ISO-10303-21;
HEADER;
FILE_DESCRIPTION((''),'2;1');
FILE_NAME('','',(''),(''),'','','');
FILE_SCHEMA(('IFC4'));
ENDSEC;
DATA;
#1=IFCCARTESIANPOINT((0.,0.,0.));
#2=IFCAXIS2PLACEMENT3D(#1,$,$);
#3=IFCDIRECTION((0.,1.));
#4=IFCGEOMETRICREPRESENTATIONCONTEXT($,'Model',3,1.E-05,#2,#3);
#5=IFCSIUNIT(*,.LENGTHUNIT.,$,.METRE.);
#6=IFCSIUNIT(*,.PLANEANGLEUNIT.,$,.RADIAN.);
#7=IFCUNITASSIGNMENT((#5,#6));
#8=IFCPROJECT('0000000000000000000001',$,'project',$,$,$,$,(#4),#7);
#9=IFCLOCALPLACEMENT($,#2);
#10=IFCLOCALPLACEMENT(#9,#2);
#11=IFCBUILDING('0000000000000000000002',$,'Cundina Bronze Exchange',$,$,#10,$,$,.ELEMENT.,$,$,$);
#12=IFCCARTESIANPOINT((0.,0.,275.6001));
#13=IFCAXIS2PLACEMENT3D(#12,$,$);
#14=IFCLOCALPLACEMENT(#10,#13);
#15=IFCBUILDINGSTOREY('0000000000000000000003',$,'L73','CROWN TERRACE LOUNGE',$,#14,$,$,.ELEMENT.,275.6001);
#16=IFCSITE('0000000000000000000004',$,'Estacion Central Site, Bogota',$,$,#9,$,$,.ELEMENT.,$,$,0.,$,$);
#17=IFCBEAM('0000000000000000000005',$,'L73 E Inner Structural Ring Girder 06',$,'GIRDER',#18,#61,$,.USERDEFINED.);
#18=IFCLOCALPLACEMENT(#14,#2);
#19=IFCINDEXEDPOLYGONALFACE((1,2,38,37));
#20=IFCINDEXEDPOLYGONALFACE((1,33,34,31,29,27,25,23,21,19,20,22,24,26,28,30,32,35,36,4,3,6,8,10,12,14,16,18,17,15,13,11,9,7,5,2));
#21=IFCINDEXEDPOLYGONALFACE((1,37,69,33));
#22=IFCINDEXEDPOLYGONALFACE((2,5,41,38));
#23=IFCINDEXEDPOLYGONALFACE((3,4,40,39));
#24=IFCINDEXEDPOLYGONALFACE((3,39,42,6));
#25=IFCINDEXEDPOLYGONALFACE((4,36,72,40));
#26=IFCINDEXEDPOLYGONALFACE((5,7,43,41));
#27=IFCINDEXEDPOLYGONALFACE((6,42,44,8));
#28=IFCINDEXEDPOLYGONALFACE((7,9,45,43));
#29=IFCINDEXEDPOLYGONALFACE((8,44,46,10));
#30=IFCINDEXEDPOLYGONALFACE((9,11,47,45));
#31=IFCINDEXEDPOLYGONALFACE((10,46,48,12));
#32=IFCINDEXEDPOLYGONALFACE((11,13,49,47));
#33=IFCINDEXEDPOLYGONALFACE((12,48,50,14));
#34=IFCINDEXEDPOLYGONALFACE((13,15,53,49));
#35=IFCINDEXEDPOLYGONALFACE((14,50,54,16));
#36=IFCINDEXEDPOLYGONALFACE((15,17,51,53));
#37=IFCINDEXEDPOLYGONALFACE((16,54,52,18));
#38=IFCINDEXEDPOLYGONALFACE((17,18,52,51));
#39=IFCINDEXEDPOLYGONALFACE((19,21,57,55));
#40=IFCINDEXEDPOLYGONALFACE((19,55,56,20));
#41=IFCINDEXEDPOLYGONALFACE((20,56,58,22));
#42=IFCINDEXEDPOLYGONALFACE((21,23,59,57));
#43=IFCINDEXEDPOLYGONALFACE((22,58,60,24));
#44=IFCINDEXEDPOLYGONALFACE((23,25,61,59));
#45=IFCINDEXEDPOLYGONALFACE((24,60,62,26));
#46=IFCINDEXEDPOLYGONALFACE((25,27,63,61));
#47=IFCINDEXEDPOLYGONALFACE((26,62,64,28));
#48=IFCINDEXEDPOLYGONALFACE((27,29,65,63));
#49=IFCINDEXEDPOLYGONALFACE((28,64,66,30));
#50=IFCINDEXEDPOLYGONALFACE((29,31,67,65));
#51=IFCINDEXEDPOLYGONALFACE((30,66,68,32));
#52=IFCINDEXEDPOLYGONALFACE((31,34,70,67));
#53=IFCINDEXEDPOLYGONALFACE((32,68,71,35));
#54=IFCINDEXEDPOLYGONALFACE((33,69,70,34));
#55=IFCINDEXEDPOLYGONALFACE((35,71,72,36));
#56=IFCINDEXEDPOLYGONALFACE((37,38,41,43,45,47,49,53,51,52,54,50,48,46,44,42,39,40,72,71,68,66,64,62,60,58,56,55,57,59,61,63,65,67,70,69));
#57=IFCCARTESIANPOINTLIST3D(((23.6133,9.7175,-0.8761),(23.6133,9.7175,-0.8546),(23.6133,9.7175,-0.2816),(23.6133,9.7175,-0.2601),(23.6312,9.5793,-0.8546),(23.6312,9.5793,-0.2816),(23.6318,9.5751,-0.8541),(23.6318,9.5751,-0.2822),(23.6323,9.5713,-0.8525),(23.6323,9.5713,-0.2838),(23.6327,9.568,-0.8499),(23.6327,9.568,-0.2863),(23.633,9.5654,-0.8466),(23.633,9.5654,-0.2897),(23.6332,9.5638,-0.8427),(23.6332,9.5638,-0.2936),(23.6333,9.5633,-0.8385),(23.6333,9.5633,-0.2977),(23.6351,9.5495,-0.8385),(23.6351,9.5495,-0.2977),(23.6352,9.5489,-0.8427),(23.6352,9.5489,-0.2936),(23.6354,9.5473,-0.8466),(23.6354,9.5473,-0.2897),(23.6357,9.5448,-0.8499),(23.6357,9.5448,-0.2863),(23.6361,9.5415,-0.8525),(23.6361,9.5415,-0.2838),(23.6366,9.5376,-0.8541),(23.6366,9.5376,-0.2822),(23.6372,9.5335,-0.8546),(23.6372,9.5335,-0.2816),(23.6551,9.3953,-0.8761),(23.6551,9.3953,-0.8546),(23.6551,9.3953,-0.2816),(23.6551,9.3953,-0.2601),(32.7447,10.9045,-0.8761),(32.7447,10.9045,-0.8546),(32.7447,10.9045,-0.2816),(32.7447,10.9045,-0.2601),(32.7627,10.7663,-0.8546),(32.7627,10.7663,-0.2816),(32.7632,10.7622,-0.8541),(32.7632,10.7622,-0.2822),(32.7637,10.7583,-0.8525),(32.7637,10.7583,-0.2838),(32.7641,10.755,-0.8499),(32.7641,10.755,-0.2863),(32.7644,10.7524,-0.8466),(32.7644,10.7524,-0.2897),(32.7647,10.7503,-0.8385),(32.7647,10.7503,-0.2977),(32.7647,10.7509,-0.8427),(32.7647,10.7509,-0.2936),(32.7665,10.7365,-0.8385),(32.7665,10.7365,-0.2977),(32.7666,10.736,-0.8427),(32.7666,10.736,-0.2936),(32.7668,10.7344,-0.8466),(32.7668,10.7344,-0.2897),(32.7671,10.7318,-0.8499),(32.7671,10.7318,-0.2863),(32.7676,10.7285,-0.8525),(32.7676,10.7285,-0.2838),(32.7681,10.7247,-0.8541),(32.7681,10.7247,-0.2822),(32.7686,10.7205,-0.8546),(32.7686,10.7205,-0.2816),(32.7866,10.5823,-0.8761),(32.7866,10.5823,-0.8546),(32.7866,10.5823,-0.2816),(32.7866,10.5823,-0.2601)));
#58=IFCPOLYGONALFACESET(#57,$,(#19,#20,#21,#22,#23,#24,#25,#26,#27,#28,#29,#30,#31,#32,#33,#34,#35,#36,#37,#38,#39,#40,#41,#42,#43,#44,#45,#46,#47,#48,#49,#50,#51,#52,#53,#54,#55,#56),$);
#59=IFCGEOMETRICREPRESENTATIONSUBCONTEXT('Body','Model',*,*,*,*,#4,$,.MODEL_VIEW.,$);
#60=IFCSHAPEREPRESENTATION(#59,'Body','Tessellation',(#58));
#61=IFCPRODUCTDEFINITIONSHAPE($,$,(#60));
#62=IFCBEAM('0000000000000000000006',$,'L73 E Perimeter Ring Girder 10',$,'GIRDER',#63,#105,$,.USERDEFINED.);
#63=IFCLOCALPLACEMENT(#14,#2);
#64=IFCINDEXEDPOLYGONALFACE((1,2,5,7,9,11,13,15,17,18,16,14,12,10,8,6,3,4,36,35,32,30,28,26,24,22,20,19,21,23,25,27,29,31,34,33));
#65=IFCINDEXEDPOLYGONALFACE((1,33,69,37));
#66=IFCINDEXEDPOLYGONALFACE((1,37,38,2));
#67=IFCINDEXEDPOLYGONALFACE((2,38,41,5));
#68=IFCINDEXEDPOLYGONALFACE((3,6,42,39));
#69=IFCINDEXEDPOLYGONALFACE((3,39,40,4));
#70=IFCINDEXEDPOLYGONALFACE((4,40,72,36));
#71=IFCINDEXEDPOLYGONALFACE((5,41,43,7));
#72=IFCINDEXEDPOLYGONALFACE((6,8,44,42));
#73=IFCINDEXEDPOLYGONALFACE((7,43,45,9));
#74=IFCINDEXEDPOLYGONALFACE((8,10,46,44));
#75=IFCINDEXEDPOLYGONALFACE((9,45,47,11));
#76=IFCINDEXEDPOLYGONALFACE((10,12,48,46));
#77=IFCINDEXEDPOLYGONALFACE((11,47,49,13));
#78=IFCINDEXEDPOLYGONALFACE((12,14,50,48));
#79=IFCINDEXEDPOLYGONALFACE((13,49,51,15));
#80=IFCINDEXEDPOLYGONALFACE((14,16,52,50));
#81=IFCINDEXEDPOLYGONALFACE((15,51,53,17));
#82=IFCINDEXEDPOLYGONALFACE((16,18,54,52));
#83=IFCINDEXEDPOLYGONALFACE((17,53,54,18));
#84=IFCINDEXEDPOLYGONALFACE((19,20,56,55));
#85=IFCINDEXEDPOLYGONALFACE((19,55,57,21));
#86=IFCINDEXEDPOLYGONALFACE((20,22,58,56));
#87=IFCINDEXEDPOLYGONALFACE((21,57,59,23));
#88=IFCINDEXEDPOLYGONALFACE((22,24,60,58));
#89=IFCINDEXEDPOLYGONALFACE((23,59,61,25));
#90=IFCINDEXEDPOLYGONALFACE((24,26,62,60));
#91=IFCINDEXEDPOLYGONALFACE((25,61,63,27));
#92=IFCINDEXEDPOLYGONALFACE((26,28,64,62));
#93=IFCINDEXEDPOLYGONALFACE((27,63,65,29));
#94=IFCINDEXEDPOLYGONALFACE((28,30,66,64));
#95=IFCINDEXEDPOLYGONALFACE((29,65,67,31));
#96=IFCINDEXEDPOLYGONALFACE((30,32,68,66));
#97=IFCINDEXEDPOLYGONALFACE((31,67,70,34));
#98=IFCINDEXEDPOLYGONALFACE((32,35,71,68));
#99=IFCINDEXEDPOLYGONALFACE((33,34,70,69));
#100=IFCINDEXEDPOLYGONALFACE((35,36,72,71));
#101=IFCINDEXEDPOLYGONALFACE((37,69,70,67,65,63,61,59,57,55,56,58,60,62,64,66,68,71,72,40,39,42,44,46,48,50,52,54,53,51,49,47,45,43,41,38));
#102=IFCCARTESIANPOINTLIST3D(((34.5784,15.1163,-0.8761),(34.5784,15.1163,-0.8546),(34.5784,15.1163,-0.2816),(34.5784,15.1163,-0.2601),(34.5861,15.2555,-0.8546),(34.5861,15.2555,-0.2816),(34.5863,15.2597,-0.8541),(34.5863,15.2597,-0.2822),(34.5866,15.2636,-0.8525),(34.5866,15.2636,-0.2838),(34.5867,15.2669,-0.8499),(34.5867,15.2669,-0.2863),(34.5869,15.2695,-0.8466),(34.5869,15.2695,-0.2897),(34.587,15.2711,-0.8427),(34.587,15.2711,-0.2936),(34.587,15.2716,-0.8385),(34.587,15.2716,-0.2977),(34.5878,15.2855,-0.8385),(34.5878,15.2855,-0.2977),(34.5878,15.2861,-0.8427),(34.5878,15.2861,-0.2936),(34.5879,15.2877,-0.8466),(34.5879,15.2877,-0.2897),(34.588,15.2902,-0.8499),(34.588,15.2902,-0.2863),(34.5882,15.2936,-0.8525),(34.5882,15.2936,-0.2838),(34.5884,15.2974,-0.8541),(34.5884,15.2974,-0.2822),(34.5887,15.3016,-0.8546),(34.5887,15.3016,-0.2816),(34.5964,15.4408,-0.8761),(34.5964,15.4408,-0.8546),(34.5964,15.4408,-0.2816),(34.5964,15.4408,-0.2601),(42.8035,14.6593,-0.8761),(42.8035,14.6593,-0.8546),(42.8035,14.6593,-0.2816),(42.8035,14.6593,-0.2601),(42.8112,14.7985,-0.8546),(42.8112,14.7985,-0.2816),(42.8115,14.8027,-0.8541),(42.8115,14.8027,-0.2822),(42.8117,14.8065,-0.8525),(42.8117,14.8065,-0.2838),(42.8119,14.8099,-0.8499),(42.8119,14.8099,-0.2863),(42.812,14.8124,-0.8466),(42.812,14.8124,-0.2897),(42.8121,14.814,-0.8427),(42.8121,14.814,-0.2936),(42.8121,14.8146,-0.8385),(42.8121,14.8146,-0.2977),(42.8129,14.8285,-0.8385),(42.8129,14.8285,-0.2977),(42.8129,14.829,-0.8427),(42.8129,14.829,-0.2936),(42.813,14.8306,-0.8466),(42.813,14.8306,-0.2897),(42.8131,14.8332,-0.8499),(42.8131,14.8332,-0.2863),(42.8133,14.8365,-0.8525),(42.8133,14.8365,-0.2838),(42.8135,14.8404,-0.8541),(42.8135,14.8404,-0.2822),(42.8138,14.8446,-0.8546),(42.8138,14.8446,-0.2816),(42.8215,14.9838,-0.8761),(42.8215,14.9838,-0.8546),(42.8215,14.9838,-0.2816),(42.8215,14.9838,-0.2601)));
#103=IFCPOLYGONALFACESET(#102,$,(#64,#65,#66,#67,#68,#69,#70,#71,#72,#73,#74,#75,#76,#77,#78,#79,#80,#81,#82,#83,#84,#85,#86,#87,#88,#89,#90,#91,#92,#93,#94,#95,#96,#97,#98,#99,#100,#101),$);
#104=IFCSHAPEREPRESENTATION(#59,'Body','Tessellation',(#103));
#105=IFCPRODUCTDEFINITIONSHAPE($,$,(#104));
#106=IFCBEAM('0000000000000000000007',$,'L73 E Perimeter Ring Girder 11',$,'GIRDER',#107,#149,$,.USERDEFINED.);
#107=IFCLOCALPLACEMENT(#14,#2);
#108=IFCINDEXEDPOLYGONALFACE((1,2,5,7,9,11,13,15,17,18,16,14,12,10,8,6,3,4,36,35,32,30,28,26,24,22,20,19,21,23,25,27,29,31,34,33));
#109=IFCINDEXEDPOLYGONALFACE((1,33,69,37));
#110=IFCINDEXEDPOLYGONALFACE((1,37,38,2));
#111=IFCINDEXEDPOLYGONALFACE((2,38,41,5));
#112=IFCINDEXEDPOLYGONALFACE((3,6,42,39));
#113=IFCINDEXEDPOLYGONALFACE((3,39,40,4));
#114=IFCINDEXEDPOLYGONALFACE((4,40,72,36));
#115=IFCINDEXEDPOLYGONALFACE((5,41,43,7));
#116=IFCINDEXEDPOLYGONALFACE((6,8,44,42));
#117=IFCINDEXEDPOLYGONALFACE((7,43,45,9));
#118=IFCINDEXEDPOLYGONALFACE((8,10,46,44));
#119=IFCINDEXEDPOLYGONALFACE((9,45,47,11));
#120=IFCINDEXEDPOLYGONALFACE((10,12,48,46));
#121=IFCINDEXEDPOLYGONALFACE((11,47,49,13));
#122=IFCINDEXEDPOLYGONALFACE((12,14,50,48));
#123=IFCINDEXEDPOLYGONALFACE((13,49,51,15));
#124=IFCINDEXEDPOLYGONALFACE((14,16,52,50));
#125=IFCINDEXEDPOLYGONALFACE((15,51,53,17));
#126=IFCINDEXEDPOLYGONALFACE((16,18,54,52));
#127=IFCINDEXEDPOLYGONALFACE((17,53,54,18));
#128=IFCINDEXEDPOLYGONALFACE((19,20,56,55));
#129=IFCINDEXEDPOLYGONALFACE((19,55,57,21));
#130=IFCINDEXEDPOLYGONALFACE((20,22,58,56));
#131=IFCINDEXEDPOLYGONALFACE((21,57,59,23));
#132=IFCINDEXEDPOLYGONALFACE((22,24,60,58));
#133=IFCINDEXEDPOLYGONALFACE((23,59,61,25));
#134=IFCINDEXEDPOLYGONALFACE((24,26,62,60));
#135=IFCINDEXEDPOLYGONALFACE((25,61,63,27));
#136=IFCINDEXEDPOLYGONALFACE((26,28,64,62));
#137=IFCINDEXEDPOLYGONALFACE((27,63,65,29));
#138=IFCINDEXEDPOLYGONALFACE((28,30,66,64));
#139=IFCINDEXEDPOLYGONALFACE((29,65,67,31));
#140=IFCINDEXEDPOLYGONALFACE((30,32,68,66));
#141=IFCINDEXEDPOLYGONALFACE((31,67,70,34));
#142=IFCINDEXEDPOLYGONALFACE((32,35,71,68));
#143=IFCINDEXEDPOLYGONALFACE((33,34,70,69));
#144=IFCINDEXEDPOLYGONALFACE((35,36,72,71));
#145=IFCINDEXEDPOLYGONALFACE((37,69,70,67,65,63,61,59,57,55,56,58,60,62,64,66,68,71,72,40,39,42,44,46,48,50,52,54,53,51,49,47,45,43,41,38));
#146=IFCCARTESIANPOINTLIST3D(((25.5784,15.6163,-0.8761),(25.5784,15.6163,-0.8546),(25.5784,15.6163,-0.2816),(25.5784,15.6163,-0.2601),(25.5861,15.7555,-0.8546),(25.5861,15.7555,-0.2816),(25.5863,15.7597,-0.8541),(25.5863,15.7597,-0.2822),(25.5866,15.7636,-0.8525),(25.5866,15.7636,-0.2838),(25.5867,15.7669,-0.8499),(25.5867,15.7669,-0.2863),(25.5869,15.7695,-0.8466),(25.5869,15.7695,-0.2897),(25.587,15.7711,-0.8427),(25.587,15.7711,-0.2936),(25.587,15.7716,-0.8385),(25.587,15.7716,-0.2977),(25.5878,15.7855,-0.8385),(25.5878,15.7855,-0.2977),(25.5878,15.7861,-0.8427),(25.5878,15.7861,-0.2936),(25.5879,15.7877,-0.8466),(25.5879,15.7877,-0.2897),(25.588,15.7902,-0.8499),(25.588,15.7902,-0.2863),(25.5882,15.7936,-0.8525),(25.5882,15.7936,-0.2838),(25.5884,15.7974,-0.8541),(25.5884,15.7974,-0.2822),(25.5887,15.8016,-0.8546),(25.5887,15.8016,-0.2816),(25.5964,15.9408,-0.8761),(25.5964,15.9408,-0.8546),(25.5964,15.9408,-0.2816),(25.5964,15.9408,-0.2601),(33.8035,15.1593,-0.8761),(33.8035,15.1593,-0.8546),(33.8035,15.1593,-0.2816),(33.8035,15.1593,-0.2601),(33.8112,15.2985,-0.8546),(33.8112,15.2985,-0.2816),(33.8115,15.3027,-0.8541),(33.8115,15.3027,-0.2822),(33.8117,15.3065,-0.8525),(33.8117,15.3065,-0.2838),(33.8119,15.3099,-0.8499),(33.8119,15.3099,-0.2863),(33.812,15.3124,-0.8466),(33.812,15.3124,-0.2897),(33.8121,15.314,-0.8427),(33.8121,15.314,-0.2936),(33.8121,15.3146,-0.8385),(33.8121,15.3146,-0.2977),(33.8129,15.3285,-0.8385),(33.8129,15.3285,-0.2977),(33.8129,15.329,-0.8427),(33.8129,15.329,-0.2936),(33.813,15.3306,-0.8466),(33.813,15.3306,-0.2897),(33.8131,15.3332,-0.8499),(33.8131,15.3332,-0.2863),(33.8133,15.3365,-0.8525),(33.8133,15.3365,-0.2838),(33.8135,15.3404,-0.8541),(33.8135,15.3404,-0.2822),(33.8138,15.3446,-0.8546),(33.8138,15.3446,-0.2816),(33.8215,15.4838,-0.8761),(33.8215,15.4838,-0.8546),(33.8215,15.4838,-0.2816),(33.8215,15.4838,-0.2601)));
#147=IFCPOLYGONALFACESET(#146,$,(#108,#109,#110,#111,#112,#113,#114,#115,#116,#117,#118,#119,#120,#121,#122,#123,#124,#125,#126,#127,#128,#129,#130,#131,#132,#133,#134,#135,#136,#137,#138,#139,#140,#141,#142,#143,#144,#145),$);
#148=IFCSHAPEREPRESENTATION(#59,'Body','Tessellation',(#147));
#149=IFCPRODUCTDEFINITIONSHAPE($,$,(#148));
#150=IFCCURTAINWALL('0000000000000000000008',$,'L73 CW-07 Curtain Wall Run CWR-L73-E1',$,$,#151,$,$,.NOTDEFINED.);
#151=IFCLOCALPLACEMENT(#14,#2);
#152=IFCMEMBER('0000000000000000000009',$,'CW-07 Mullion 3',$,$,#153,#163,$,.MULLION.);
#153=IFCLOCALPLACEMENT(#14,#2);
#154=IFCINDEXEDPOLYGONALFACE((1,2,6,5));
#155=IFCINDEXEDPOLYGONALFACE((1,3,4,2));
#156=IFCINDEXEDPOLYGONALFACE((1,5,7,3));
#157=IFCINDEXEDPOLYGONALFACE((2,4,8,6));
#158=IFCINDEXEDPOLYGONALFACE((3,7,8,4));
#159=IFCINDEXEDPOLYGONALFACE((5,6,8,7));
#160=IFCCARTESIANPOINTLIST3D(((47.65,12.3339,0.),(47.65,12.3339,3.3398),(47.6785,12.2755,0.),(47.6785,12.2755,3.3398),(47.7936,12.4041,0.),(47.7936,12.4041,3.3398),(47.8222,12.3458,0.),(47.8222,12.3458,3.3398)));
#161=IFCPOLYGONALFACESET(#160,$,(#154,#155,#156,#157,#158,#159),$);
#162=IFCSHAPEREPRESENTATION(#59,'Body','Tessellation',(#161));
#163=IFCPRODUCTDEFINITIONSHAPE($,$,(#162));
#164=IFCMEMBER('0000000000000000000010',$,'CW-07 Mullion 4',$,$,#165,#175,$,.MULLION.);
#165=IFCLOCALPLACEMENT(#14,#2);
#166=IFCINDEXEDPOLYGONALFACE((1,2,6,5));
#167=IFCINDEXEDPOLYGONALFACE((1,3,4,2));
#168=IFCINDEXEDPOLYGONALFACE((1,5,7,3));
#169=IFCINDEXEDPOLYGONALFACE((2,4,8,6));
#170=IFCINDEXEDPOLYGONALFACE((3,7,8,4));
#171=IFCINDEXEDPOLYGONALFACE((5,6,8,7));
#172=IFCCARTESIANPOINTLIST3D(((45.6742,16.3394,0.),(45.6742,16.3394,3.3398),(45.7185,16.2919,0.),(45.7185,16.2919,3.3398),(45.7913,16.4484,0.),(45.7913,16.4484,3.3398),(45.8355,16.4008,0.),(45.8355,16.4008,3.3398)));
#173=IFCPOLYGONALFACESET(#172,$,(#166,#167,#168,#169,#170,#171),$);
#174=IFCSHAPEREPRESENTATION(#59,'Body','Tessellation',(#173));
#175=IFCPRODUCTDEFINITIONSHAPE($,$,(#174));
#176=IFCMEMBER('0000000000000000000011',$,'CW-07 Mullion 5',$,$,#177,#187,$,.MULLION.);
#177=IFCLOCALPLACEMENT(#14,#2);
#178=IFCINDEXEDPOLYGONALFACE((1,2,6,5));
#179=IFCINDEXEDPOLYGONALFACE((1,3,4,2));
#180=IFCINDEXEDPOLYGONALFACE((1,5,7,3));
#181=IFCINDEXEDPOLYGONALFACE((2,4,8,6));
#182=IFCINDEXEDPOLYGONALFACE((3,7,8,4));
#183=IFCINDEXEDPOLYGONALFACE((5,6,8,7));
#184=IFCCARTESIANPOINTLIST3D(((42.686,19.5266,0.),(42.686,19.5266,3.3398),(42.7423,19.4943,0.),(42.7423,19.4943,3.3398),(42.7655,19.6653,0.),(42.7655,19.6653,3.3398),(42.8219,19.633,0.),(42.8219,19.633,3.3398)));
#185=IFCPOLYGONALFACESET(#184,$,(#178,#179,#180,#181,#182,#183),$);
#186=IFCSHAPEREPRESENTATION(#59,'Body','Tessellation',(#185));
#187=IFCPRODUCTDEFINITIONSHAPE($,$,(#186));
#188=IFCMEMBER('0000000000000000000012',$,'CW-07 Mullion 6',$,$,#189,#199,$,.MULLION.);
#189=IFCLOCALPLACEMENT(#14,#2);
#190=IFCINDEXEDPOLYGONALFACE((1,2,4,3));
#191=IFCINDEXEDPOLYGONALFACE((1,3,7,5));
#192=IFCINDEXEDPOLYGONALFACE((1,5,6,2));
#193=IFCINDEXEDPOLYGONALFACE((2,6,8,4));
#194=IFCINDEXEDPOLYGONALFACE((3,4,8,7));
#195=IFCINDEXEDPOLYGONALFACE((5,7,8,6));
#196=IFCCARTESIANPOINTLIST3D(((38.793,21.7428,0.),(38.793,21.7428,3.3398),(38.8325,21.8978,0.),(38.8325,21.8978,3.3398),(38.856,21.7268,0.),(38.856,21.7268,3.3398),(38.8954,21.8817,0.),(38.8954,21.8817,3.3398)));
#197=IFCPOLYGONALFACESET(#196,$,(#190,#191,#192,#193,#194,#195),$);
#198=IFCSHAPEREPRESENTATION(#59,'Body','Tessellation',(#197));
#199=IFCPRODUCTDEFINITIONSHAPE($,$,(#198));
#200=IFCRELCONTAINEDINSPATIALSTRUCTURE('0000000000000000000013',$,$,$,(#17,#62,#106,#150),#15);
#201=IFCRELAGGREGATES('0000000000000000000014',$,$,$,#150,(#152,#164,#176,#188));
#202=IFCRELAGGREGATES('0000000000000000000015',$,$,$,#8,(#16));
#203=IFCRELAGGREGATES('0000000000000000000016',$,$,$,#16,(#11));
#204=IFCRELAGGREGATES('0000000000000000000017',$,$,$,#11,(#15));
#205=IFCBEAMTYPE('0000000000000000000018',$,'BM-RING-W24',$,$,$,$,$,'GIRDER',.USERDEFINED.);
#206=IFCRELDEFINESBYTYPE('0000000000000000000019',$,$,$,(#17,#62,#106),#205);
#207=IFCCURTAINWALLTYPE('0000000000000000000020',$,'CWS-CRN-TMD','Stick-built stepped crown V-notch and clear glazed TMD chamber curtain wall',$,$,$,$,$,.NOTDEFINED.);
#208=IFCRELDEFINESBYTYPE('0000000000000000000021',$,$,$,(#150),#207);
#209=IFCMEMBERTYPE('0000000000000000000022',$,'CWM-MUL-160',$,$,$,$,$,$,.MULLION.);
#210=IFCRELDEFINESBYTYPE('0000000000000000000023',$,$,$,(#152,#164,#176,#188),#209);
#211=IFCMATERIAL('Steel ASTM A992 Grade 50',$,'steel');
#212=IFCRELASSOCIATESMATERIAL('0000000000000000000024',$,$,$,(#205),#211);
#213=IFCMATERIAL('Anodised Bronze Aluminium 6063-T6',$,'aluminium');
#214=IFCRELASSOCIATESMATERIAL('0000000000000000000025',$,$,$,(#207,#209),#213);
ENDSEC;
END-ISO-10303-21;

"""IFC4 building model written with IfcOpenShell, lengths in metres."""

from ifc_helpers import new_model, si_unit, direction, frame, origin, origin_2d, place, context, subcontext, project, spatial, rectangle, i_section, extrude, material, material_profile, profile_set, type_object, element, aggregate, save


model = new_model("IFC4")

# Units and contexts
model_context = context("Model", 3, precision=1e-05, world=origin(), true_north=direction((0.0, 1.0)))
body_context = subcontext(model_context, "Body", "Model", "MODEL_VIEW")
ifc_project = project(units=[si_unit("LENGTHUNIT", "METRE"), si_unit("PLANEANGLEUNIT", "RADIAN")], contexts=[model_context])

# Site, building, storey
site_placement = place(None, origin())
site = spatial("IfcSite", under=ifc_project, at=site_placement, Name="Estacion Central Site, Bogota", CompositionType="ELEMENT", RefElevation=0.0)
building_placement = place(site_placement, origin())
building = spatial("IfcBuilding", under=site, at=building_placement, Name="Cundina Bronze Exchange", CompositionType="ELEMENT")
storey_placement = place(building_placement, frame((0.0, 0.0, 275.6001)))
storey = spatial("IfcBuildingStorey", under=building, at=storey_placement, Name="L73", Description="CROWN TERRACE LOUNGE", CompositionType="ELEMENT", Elevation=275.6001)

# Beams
ifc_material_1 = material(Name="Steel ASTM A992 Grade 50", Category="steel")
ifc_material_profile_1 = material_profile(ifc_material_1, i_section(OverallWidth=0.325, OverallDepth=0.616, WebThickness=0.0139, FlangeThickness=0.0215, FilletRadius=0.0161, at=origin_2d()), Name="W24X117", Category="steel")
ifc_profile_set_1 = profile_set([ifc_material_profile_1], Name="Steel ASTM A992 Grade 50")
beam_type_1 = type_object("IfcBeamType", Name="BM-RING-W24", ElementType="GIRDER", PredefinedType="USERDEFINED", material=ifc_profile_set_1)
beam_1_placement = place(storey_placement, frame((32.7656, 10.7434, -0.5681), z_axis=(-0.991656, -0.128908, 0.0), x_axis=(0.128908, -0.991656, 0.0)))
element("IfcBeam", 1, at=beam_1_placement, inside=storey, type_object=beam_type_1, Name="L73 E Inner Structural Ring Girder 06", ObjectType="GIRDER", PredefinedType="USERDEFINED", context=body_context, shape_type="SweptSolid", body=[
    extrude(i_section(OverallWidth=0.325, OverallDepth=0.616, WebThickness=0.0139, FlangeThickness=0.0215, FilletRadius=0.0161, at=origin_2d()), origin(), (0.0, 0.0, 1.0), 9.2083),
])
for number, where, z_axis, x_axis, name in (
    (2, (42.8125, 14.8215, -0.5681), (-0.99846, 0.05548, 0.0), (-0.05548, -0.99846, 0.0), "L73 E Perimeter Ring Girder 10"),
    (3, (33.8125, 15.3215, -0.5681), (-0.99846, 0.05548, 0.0), (-0.05548, -0.99846, 0.0), "L73 E Perimeter Ring Girder 11"),
):
    element("IfcBeam", number, at=place(storey_placement, frame(where, z_axis=z_axis, x_axis=x_axis)), inside=storey, type_object=beam_type_1, Name=name, ObjectType="GIRDER", PredefinedType="USERDEFINED", context=body_context, shape_type="SweptSolid", body=[
        extrude(i_section(OverallWidth=0.325, OverallDepth=0.616, WebThickness=0.0139, FlangeThickness=0.0215, FilletRadius=0.0161, at=origin_2d()), origin(), (0.0, 0.0, 1.0), 8.2378),
    ])

# Curtain wall, members
ifc_material_2 = material(Name="Anodised Bronze Aluminium 6063-T6", Category="aluminium")
curtain_wall_type = type_object("IfcCurtainWallType", Name="CWS-CRN-TMD", Description="Stick-built stepped crown V-notch and clear glazed TMD chamber curtain wall", PredefinedType="NOTDEFINED", material=ifc_material_2)
curtain_wall_placement = place(storey_placement, origin())
curtain_wall = element("IfcCurtainWall", 4, at=curtain_wall_placement, inside=storey, type_object=curtain_wall_type, Name="L73 CW-07 Curtain Wall Run CWR-L73-E1", PredefinedType="NOTDEFINED")
ifc_material_profile_2 = material_profile(ifc_material_2, rectangle(XDim=0.0649, YDim=0.1599, at=origin_2d()), Name="AL65X160", Category="aluminium")
ifc_profile_set_2 = profile_set([ifc_material_profile_2], Name="Anodised Bronze Aluminium 6063-T6")
member_type_1 = type_object("IfcMemberType", Name="CWM-MUL-160", PredefinedType="MULLION", material=ifc_profile_set_2)
member_1_placement = place(storey_placement, frame((47.7361, 12.3398, 0.0), z_axis=(0.0, 0.0, 1.0), x_axis=(-0.439469, 0.898258, 0.0)))
member_1 = element("IfcMember", 5, at=member_1_placement, type_object=member_type_1, Name="CW-07 Mullion 3", PredefinedType="MULLION", context=body_context, shape_type="SweptSolid", body=[
    extrude(rectangle(XDim=0.0649, YDim=0.1599, at=origin_2d()), origin(), (0.0, 0.0, 1.0), 3.3398),
])
member_2_placement = place(storey_placement, frame((45.7549, 16.3701, 0.0), z_axis=(0.0, 0.0, 1.0), x_axis=(-0.681488, 0.73183, 0.0)))
member_2 = element("IfcMember", 6, at=member_2_placement, type_object=member_type_1, Name="CW-07 Mullion 4", PredefinedType="MULLION", context=body_context, shape_type="SweptSolid", body=[
    extrude(rectangle(XDim=0.0649, YDim=0.1599, at=origin_2d()), origin(), (0.0, 0.0, 1.0), 3.3398),
])
member_3_placement = place(storey_placement, frame((42.7539, 19.5798, 0.0), z_axis=(0.0, 0.0, 1.0), x_axis=(-0.867418, 0.49758, 0.0)))
member_3 = element("IfcMember", 7, at=member_3_placement, type_object=member_type_1, Name="CW-07 Mullion 5", PredefinedType="MULLION", context=body_context, shape_type="SweptSolid", body=[
    extrude(rectangle(XDim=0.0649, YDim=0.1599, at=origin_2d()), origin(), (0.0, 0.0, 1.0), 3.3398),
])
member_4_placement = place(storey_placement, frame((38.8442, 21.8123, 0.0), z_axis=(0.0, 0.0, 1.0), x_axis=(-0.969059, 0.24683, 0.0)))
member_4 = element("IfcMember", 8, at=member_4_placement, type_object=member_type_1, Name="CW-07 Mullion 6", PredefinedType="MULLION", context=body_context, shape_type="SweptSolid", body=[
    extrude(rectangle(XDim=0.0649, YDim=0.1599, at=origin_2d()), origin(), (0.0, 0.0, 1.0), 3.3398),
])
aggregate(curtain_wall, [member_1, member_2, member_3, member_4])

save(model, "model.ifc")
